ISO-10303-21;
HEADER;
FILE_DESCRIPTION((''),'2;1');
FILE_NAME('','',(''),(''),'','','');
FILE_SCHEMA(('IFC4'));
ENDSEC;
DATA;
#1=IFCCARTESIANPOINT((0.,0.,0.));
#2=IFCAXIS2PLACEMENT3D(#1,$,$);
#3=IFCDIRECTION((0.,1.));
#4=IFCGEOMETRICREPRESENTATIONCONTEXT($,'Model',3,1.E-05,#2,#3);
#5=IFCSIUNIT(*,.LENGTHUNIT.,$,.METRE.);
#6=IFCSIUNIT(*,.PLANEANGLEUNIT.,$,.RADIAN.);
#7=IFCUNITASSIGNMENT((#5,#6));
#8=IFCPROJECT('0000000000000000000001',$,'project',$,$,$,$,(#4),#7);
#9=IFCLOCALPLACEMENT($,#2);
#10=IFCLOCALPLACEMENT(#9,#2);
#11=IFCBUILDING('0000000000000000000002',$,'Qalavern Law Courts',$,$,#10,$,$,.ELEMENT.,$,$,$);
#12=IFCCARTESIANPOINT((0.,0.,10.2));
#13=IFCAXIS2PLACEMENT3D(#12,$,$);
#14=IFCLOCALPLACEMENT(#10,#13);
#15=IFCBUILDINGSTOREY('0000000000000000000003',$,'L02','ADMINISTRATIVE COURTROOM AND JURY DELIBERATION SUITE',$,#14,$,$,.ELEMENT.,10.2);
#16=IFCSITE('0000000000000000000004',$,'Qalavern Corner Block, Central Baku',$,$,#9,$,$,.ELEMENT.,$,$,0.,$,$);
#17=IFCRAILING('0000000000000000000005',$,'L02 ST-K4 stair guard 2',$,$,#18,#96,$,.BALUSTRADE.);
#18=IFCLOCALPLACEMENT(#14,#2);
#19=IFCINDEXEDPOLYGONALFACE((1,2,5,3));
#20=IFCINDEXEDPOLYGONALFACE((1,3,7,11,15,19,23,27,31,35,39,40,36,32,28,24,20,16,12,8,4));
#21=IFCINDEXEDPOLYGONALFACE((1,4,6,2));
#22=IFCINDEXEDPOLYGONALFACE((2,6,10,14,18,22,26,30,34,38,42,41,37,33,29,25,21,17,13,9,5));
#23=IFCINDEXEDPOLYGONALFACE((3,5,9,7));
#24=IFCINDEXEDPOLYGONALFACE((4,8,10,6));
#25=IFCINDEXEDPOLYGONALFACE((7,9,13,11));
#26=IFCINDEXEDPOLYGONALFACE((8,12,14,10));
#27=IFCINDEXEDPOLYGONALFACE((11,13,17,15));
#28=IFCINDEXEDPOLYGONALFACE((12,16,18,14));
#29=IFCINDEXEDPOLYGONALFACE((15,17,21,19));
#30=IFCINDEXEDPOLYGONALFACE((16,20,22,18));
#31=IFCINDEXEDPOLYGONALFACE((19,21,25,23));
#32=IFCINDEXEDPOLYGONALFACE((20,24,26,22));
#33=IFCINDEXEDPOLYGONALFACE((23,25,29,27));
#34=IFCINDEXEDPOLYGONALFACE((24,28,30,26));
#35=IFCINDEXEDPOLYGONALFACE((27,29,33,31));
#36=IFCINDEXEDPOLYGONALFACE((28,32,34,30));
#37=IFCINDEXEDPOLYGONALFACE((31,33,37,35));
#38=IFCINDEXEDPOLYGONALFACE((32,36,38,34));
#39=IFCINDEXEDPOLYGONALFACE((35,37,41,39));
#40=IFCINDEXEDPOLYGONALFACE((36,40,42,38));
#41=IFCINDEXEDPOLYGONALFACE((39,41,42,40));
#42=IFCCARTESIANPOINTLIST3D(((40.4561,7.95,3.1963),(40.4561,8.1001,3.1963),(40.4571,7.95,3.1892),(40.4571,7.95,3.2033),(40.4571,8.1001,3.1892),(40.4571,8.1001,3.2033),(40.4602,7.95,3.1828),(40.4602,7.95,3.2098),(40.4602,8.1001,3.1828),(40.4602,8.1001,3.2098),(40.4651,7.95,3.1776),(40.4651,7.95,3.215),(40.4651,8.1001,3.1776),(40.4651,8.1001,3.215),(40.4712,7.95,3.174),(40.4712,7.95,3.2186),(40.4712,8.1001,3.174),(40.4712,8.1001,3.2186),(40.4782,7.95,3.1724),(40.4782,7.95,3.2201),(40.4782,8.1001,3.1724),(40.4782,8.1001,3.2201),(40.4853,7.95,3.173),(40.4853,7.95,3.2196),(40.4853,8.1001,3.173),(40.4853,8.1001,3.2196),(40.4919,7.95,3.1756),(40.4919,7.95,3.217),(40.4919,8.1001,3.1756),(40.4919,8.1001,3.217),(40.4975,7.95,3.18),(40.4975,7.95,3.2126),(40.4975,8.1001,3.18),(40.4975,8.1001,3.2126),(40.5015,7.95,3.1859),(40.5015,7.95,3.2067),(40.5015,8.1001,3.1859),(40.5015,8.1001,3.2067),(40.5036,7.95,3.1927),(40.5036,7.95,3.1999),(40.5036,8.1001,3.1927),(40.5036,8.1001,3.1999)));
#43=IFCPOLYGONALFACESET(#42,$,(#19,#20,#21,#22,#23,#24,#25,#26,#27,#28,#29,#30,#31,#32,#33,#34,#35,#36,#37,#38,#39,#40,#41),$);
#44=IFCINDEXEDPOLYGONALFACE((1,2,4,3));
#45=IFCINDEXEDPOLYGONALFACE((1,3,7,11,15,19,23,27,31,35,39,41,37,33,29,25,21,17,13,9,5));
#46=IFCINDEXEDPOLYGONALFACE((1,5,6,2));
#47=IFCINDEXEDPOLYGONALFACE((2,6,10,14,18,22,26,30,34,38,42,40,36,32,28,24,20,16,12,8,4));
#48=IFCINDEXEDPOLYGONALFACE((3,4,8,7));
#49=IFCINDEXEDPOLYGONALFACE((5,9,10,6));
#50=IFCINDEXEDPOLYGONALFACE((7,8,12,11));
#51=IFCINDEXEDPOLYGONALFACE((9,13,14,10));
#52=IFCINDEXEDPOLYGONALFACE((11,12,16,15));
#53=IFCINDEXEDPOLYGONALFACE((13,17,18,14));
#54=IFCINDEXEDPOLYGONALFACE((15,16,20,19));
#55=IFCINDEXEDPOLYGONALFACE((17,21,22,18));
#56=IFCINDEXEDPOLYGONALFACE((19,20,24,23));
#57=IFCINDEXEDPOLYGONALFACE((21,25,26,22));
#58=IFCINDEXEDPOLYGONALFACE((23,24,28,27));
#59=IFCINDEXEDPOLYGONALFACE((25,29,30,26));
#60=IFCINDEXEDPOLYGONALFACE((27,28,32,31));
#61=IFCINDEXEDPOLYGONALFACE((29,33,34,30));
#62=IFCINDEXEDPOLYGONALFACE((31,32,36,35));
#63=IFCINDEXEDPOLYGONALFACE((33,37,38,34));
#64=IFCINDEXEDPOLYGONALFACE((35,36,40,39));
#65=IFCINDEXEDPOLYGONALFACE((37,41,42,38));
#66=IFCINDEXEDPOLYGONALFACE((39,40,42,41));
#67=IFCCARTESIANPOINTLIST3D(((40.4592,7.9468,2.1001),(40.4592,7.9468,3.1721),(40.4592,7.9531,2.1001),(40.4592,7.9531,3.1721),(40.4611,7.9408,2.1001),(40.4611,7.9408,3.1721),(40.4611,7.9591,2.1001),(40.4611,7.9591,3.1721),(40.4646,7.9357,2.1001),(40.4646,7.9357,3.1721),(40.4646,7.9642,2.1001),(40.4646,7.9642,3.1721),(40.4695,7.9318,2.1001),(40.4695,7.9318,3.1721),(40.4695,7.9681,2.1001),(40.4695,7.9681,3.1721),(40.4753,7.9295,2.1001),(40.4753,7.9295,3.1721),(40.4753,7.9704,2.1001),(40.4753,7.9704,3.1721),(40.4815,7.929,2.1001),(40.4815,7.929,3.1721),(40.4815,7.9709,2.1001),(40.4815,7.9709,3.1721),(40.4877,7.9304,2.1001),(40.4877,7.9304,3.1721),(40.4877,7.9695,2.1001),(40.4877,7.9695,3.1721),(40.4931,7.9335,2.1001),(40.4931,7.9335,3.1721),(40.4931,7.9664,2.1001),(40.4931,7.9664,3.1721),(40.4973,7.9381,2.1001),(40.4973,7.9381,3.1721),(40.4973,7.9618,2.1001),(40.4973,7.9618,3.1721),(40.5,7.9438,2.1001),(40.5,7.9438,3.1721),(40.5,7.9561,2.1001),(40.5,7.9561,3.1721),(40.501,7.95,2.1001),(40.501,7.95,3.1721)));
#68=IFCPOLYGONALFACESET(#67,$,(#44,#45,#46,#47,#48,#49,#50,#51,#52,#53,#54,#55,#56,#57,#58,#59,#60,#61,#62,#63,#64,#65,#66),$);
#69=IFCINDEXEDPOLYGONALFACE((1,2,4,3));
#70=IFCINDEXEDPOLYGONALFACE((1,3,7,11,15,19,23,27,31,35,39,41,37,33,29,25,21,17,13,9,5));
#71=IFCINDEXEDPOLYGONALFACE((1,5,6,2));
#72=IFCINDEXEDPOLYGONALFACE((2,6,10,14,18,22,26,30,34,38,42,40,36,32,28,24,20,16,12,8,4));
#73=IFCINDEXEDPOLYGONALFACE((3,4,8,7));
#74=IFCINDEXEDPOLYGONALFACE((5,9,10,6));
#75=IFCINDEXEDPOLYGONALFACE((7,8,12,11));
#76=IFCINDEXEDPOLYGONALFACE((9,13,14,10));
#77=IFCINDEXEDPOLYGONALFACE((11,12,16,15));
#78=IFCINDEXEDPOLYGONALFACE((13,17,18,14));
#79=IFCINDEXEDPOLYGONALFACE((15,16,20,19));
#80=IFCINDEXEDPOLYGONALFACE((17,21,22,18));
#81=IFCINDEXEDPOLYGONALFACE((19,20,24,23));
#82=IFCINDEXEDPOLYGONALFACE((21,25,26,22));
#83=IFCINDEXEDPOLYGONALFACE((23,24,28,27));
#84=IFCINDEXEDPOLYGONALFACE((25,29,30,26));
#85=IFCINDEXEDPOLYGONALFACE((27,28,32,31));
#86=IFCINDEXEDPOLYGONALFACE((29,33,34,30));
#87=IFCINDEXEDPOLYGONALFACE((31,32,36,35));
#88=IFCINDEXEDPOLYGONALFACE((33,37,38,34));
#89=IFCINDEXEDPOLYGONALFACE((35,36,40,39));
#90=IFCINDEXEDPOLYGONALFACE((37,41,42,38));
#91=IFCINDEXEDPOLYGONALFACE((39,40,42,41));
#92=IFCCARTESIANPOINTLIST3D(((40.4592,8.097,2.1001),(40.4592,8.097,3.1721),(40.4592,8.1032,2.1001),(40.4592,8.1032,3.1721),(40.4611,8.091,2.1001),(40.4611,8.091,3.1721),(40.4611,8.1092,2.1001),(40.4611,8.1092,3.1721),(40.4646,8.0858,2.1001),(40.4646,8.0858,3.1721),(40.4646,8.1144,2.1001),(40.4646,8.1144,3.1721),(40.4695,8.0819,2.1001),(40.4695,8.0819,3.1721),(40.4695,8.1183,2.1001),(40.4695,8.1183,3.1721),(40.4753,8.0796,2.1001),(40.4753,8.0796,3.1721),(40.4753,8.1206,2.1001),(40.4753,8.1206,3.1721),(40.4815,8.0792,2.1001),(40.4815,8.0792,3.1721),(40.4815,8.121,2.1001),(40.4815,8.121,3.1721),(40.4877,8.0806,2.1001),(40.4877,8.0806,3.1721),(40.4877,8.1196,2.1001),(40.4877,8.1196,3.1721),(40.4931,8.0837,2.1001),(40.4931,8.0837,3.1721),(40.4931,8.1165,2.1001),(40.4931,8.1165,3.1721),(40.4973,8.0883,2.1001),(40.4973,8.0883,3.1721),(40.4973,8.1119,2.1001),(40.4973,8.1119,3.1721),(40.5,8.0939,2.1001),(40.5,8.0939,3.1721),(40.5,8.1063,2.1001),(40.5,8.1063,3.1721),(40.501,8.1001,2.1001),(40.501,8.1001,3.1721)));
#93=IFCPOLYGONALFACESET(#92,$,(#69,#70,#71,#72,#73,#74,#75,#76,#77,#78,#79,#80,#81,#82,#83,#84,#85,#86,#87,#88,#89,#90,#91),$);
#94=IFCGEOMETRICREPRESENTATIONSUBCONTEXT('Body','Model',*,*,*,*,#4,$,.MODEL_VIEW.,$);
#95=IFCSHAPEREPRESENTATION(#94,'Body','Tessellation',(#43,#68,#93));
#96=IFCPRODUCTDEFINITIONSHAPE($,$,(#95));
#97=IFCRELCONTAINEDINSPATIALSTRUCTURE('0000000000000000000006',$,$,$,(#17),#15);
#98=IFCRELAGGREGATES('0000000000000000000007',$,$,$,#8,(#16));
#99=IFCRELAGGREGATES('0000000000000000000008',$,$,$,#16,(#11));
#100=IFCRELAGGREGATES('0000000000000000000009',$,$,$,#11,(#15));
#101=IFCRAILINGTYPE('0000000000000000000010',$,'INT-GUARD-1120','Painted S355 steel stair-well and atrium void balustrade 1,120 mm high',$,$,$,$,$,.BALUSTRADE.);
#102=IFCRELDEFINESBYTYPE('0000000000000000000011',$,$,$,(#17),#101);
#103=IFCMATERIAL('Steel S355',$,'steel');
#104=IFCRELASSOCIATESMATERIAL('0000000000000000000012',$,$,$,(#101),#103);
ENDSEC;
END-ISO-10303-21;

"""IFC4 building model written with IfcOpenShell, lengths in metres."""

from ifc_helpers import new_model, si_unit, direction, frame, origin, origin_2d, place, context, subcontext, project, spatial, circle, extrude, material, type_object, element, save


model = new_model("IFC4")

# Units and contexts
model_context = context("Model", 3, precision=1e-05, world=origin(), true_north=direction((0.0, 1.0)))
body_context = subcontext(model_context, "Body", "Model", "MODEL_VIEW")
ifc_project = project(units=[si_unit("LENGTHUNIT", "METRE"), si_unit("PLANEANGLEUNIT", "RADIAN")], contexts=[model_context])

# Site, building, storey
site_placement = place(None, origin())
site = spatial("IfcSite", under=ifc_project, at=site_placement, Name="Qalavern Corner Block, Central Baku", CompositionType="ELEMENT", RefElevation=0.0)
building_placement = place(site_placement, origin())
building = spatial("IfcBuilding", under=site, at=building_placement, Name="Qalavern Law Courts", CompositionType="ELEMENT")
storey_placement = place(building_placement, frame((0.0, 0.0, 10.2)))
storey = spatial("IfcBuildingStorey", under=building, at=storey_placement, Name="L02", Description="ADMINISTRATIVE COURTROOM AND JURY DELIBERATION SUITE", CompositionType="ELEMENT", Elevation=10.2)

# Shared definitions
ifc_material_1 = material(Name="Steel S355", Category="steel")

# Railing
railing_type_1 = type_object("IfcRailingType", Name="INT-GUARD-1120", Description="Painted S355 steel stair-well and atrium void balustrade 1,120 mm high", PredefinedType="BALUSTRADE", material=ifc_material_1)
railing_1_placement = place(storey_placement, frame((40.48, 7.95, 2.1001)))
element("IfcRailing", 1, at=railing_1_placement, inside=storey, type_object=railing_type_1, Name="L02 ST-K4 stair guard 2", PredefinedType="BALUSTRADE", context=body_context, shape_type="SweptSolid", body=[
    extrude(circle(Radius=0.0239, at=origin_2d()), frame((0.0, 0.0, 1.0962), z_axis=(0.0, 1.0, 0.0), x_axis=(-1.0, 0.0, 0.0)), (0.0, 0.0, 1.0), 0.1501),
    extrude(circle(Radius=0.021, at=origin_2d()), origin(), (0.0, 0.0, 1.0), 1.072),
    extrude(circle(Radius=0.021, at=origin_2d()), frame((0.0, 0.1501, 0.0)), (0.0, 0.0, 1.0), 1.072),
])

save(model, "model.ifc")
